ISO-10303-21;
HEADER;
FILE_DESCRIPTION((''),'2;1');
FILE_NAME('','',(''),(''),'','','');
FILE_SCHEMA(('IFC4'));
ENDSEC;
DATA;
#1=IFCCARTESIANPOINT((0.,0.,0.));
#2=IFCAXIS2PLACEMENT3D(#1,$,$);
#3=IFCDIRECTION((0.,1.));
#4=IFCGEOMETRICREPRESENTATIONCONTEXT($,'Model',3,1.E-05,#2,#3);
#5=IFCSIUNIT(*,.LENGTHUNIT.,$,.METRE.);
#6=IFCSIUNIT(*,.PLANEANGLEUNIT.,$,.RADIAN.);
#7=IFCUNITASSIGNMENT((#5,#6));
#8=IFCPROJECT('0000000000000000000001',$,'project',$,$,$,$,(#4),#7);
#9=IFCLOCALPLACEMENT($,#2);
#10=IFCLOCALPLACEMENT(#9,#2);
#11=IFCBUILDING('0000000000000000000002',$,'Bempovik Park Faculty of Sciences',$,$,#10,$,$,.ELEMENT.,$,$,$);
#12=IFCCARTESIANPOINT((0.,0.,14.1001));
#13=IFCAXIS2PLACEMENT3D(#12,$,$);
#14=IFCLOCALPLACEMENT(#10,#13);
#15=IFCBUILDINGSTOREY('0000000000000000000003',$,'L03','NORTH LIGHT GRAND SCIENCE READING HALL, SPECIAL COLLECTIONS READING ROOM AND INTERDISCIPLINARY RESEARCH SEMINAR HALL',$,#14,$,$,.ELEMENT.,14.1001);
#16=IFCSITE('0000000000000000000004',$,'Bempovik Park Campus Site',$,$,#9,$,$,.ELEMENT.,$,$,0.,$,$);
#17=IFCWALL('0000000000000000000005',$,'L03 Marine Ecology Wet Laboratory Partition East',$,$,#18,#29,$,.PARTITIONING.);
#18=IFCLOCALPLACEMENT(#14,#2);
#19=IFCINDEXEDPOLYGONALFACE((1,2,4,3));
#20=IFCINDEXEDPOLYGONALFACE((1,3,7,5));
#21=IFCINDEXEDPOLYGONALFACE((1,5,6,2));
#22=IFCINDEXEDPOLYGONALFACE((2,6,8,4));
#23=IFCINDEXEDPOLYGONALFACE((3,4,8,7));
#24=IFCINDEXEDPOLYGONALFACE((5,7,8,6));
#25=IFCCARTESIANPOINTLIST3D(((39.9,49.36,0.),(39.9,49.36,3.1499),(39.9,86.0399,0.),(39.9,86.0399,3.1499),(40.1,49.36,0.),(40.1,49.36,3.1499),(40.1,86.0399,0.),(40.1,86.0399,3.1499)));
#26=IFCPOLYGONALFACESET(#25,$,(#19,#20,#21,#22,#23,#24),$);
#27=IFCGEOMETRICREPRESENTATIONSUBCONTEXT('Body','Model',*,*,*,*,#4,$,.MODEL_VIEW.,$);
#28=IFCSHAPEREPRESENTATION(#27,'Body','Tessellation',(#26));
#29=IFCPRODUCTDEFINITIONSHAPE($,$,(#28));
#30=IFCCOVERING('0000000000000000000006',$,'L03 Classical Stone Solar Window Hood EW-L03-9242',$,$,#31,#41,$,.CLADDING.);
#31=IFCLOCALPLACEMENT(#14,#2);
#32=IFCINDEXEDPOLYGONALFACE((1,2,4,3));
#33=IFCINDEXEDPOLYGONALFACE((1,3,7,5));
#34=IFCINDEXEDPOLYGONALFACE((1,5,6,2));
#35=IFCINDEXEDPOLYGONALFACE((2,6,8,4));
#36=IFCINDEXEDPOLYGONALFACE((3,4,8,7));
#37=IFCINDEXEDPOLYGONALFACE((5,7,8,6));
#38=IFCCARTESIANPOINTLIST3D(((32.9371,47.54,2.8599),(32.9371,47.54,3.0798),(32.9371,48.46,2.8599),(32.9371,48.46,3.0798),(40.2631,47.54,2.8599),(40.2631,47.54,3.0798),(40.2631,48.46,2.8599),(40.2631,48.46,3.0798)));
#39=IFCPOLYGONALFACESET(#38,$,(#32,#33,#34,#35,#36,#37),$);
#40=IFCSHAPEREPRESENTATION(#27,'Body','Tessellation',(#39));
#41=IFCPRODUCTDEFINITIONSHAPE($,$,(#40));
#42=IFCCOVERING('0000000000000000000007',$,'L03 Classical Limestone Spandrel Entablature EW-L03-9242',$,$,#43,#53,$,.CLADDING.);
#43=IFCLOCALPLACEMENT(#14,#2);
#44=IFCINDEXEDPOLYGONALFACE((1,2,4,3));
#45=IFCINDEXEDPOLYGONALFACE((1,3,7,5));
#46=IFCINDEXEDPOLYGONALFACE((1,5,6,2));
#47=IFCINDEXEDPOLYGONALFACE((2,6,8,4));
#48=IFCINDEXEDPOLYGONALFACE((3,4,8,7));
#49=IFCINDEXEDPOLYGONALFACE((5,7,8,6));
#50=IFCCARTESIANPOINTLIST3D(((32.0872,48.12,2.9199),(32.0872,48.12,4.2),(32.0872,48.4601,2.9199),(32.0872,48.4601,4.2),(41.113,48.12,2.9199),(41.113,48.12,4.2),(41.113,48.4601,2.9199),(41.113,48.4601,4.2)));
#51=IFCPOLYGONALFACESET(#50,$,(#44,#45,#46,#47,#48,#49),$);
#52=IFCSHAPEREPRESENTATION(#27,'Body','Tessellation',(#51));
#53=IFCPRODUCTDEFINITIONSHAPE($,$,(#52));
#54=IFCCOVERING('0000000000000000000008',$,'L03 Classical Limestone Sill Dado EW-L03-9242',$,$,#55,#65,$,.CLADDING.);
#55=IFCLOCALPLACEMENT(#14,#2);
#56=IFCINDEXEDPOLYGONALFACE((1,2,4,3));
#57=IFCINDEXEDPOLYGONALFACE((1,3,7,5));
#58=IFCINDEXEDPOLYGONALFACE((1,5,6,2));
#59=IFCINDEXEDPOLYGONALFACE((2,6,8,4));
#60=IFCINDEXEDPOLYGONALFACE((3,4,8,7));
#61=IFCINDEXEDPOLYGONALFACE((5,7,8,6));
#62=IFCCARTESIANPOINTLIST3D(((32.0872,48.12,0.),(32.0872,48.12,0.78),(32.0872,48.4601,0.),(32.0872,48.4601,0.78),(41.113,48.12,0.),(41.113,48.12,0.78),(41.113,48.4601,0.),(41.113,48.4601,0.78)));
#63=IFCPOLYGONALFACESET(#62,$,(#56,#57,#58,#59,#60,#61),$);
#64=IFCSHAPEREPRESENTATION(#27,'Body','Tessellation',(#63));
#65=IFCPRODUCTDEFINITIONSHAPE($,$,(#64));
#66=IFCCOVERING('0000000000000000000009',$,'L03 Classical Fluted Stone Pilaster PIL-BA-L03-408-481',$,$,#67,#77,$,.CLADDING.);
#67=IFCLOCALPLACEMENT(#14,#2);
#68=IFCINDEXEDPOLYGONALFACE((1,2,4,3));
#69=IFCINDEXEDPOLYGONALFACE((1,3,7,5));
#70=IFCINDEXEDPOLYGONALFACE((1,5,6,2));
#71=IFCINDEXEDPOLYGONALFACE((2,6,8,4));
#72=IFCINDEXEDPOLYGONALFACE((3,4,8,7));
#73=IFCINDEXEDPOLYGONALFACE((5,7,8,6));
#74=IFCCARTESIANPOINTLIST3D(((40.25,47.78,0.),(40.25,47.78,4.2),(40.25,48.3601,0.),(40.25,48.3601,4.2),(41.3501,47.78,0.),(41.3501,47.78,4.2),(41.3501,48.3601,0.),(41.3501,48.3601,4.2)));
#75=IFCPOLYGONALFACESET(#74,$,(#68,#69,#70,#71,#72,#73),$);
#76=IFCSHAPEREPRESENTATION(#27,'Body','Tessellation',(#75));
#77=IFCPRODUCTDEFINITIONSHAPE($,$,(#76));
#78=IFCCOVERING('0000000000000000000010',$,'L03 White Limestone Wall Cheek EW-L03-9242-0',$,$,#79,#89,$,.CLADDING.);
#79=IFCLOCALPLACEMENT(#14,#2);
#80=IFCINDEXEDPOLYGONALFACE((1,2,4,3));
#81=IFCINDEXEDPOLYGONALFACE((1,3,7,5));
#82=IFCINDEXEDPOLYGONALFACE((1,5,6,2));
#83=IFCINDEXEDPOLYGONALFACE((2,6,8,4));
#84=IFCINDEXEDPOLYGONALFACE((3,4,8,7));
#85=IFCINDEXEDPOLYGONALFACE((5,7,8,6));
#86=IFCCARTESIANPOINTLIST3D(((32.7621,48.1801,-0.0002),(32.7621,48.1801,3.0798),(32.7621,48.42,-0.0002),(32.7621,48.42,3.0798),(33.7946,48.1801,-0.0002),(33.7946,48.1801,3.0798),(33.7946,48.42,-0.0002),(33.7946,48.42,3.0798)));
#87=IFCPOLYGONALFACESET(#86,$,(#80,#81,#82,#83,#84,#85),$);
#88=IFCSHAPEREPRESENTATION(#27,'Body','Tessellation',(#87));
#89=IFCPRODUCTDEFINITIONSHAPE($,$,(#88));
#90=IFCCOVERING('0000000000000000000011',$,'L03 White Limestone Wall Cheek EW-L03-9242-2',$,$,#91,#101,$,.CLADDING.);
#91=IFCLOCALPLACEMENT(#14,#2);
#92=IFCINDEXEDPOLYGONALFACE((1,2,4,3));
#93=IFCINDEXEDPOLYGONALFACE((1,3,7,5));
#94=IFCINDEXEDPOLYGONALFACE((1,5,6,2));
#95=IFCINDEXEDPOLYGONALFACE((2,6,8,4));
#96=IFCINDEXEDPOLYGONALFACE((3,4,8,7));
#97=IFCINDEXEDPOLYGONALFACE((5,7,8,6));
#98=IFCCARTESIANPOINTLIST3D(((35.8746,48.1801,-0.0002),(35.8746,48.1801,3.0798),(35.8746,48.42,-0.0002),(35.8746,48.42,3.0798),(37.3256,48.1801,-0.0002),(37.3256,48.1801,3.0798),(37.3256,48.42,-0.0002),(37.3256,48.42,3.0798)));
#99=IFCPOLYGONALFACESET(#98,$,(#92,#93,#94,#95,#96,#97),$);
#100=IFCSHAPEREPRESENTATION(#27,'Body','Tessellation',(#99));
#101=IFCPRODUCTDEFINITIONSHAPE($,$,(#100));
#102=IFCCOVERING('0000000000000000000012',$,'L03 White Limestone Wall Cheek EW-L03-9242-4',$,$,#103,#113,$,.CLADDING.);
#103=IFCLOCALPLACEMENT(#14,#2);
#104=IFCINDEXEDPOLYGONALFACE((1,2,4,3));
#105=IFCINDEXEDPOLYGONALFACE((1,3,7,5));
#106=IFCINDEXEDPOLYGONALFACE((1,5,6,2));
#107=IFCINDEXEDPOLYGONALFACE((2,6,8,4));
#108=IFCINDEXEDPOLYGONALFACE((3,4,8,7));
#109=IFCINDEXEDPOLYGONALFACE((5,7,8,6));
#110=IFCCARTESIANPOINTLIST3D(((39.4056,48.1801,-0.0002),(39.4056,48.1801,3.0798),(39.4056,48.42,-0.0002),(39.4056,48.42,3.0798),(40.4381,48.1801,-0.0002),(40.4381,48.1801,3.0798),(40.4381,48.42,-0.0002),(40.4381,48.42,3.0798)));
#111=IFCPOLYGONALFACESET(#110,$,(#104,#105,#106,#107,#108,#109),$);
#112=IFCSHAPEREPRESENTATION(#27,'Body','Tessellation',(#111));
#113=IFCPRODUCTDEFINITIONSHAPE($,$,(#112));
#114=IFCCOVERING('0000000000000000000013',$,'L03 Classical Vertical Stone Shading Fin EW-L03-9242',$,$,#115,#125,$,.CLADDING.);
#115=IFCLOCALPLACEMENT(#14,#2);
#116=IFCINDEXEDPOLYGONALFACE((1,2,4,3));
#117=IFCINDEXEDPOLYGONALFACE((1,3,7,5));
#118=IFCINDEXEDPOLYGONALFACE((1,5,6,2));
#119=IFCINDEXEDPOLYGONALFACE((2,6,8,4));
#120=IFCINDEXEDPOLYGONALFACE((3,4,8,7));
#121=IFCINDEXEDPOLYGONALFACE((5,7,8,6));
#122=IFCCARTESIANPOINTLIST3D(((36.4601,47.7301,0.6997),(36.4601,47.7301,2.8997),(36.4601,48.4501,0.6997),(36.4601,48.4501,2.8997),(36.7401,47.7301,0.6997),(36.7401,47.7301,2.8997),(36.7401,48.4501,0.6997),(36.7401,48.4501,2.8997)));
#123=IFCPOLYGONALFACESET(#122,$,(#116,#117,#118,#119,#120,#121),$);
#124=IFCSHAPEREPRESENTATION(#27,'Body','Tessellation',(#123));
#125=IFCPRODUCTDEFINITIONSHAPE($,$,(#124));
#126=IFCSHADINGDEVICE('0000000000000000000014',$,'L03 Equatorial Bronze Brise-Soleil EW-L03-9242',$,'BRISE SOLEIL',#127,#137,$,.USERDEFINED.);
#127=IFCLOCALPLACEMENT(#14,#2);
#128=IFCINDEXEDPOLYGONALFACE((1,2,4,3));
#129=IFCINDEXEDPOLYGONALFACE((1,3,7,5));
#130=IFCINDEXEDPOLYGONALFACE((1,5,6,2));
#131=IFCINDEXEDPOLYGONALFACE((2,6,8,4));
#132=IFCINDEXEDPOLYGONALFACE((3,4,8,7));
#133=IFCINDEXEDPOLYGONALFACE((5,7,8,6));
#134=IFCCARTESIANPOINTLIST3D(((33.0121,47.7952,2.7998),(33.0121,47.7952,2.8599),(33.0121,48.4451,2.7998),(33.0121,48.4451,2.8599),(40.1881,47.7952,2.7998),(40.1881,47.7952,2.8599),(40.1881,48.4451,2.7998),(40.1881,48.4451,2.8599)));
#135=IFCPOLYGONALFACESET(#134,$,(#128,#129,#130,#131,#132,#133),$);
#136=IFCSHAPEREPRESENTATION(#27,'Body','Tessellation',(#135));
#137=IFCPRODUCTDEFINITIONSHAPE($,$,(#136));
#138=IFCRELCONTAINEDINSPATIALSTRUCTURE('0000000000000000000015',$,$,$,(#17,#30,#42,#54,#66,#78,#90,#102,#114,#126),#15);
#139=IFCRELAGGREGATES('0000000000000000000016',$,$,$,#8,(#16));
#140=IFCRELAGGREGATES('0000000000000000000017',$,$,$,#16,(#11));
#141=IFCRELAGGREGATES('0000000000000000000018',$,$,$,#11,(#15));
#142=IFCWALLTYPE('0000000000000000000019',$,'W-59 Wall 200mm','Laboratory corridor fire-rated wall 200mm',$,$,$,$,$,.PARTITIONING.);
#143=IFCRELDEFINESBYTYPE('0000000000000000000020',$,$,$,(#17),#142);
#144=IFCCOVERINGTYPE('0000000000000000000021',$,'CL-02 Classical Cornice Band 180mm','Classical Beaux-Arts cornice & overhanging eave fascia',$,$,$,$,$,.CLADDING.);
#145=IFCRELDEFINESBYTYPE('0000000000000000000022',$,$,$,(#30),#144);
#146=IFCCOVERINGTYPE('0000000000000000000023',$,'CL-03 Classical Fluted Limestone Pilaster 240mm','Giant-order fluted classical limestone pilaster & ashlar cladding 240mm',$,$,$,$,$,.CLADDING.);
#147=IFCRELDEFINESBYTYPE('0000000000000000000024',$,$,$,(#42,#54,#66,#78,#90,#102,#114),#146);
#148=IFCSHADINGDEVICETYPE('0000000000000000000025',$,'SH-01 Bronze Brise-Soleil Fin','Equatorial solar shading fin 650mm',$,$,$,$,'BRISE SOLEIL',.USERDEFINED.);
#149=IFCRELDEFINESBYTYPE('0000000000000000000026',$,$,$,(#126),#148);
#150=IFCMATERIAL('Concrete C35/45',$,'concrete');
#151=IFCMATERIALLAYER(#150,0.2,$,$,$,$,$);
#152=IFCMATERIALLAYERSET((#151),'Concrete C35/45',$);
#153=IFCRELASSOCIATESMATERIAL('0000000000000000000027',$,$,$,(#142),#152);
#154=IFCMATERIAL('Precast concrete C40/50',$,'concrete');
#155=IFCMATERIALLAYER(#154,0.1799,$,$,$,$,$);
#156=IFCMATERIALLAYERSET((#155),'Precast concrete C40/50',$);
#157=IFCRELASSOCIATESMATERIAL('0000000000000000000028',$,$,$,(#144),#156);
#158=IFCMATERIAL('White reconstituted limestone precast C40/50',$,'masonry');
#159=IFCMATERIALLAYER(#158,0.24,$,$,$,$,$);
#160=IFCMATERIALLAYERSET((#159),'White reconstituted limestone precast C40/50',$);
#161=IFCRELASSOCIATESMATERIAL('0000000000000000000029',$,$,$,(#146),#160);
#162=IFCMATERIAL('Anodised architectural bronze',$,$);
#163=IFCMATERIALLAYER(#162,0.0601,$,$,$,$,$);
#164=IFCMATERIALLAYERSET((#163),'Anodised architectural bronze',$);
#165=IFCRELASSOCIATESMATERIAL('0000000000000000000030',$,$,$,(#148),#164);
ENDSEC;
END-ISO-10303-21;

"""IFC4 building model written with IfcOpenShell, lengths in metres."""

from ifc_helpers import new_model, si_unit, direction, frame, frame_2d, origin, origin_2d, place, context, subcontext, project, spatial, rectangle, extrude, material, layer, layer_set, type_object, element, save


model = new_model("IFC4")

# Units and contexts
model_context = context("Model", 3, precision=1e-05, world=origin(), true_north=direction((0.0, 1.0)))
body_context = subcontext(model_context, "Body", "Model", "MODEL_VIEW")
ifc_project = project(units=[si_unit("LENGTHUNIT", "METRE"), si_unit("PLANEANGLEUNIT", "RADIAN")], contexts=[model_context])

# Site, building, storey
site_placement = place(None, origin())
site = spatial("IfcSite", under=ifc_project, at=site_placement, Name="Bempovik Park Campus Site", CompositionType="ELEMENT", RefElevation=0.0)
building_placement = place(site_placement, origin())
building = spatial("IfcBuilding", under=site, at=building_placement, Name="Bempovik Park Faculty of Sciences", CompositionType="ELEMENT")
storey_placement = place(building_placement, frame((0.0, 0.0, 14.1001)))
storey = spatial("IfcBuildingStorey", under=building, at=storey_placement, Name="L03", Description="NORTH LIGHT GRAND SCIENCE READING HALL, SPECIAL COLLECTIONS READING ROOM AND INTERDISCIPLINARY RESEARCH SEMINAR HALL", CompositionType="ELEMENT", Elevation=14.1001)

# Shared definitions
ifc_material_1 = material(Name="Concrete C35/45", Category="concrete")

# Shared definitions
ifc_material_2 = material(Name="Precast concrete C40/50", Category="concrete")

# Wall
ifc_layer_1 = layer(ifc_material_1, 0.2)
ifc_layer_set_1 = layer_set([ifc_layer_1], Name="Concrete C35/45")
wall_type_1 = type_object("IfcWallType", Name="W-59 Wall 200mm", Description="Laboratory corridor fire-rated wall 200mm", PredefinedType="PARTITIONING", material=ifc_layer_set_1)
wall_1_placement = place(storey_placement, frame((40.0, 49.3601, 0.0), z_axis=(0.0, 0.0, 1.0), x_axis=(0.0, 1.0, 0.0)))
element("IfcWall", 1, at=wall_1_placement, inside=storey, type_object=wall_type_1, Name="L03 Marine Ecology Wet Laboratory Partition East", PredefinedType="PARTITIONING", context=body_context, shape_type="SweptSolid", body=[
    extrude(rectangle(XDim=36.6799, YDim=0.2, at=frame_2d((18.3398, 0.0))), origin(), (0.0, 0.0, 1.0), 3.1499),
])

# Coverings
ifc_layer_2 = layer(ifc_material_2, 0.1799)
ifc_layer_set_2 = layer_set([ifc_layer_2], Name="Precast concrete C40/50")
covering_type_1 = type_object("IfcCoveringType", Name="CL-02 Classical Cornice Band 180mm", Description="Classical Beaux-Arts cornice & overhanging eave fascia", PredefinedType="CLADDING", material=ifc_layer_set_2)
covering_1_placement = place(storey_placement, frame((36.6001, 48.0, 2.8599), z_axis=(0.0, 0.0, 1.0), x_axis=(1.0, 0.0, 0.0)))
element("IfcCovering", 2, at=covering_1_placement, inside=storey, type_object=covering_type_1, Name="L03 Classical Stone Solar Window Hood EW-L03-9242", PredefinedType="CLADDING", context=body_context, shape_type="SweptSolid", body=[
    extrude(rectangle(XDim=7.3259, YDim=0.9199, at=origin_2d()), origin(), (0.0, 0.0, 1.0), 0.22),
])
ifc_material_3 = material(Name="White reconstituted limestone precast C40/50", Category="masonry")
ifc_layer_3 = layer(ifc_material_3, 0.24)
ifc_layer_set_3 = layer_set([ifc_layer_3], Name="White reconstituted limestone precast C40/50")
covering_type_2 = type_object("IfcCoveringType", Name="CL-03 Classical Fluted Limestone Pilaster 240mm", Description="Giant-order fluted classical limestone pilaster & ashlar cladding 240mm", PredefinedType="CLADDING", material=ifc_layer_set_3)
covering_2_placement = place(storey_placement, frame((36.6001, 48.29, 2.9199), z_axis=(0.0, 0.0, 1.0), x_axis=(1.0, 0.0, 0.0)))
element("IfcCovering", 3, at=covering_2_placement, inside=storey, type_object=covering_type_2, Name="L03 Classical Limestone Spandrel Entablature EW-L03-9242", PredefinedType="CLADDING", context=body_context, shape_type="SweptSolid", body=[
    extrude(rectangle(XDim=9.0259, YDim=0.3401, at=origin_2d()), origin(), (0.0, 0.0, 1.0), 1.28),
])
covering_3_placement = place(storey_placement, frame((36.6001, 48.29, 0.0), z_axis=(0.0, 0.0, 1.0), x_axis=(1.0, 0.0, 0.0)))
element("IfcCovering", 4, at=covering_3_placement, inside=storey, type_object=covering_type_2, Name="L03 Classical Limestone Sill Dado EW-L03-9242", PredefinedType="CLADDING", context=body_context, shape_type="SweptSolid", body=[
    extrude(rectangle(XDim=9.0259, YDim=0.3401, at=origin_2d()), origin(), (0.0, 0.0, 1.0), 0.78),
])
covering_4_placement = place(storey_placement, frame((40.8, 48.0701, 0.0), z_axis=(0.0, 0.0, 1.0), x_axis=(1.0, 0.0, 0.0)))
element("IfcCovering", 5, at=covering_4_placement, inside=storey, type_object=covering_type_2, Name="L03 Classical Fluted Stone Pilaster PIL-BA-L03-408-481", PredefinedType="CLADDING", context=body_context, shape_type="SweptSolid", body=[
    extrude(rectangle(XDim=1.1001, YDim=0.5801, at=origin_2d()), origin(), (0.0, 0.0, 1.0), 4.2),
])
covering_5_placement = place(storey_placement, frame((33.2783, 48.3, -0.0002), z_axis=(0.0, 0.0, 1.0), x_axis=(1.0, 0.0, 0.0)))
element("IfcCovering", 6, at=covering_5_placement, inside=storey, type_object=covering_type_2, Name="L03 White Limestone Wall Cheek EW-L03-9242-0", PredefinedType="CLADDING", context=body_context, shape_type="SweptSolid", body=[
    extrude(rectangle(XDim=1.0325, YDim=0.24, at=origin_2d()), origin(), (0.0, 0.0, 1.0), 3.0801),
])
covering_6_placement = place(storey_placement, frame((36.6001, 48.3, -0.0002), z_axis=(0.0, 0.0, 1.0), x_axis=(1.0, 0.0, 0.0)))
element("IfcCovering", 7, at=covering_6_placement, inside=storey, type_object=covering_type_2, Name="L03 White Limestone Wall Cheek EW-L03-9242-2", PredefinedType="CLADDING", context=body_context, shape_type="SweptSolid", body=[
    extrude(rectangle(XDim=1.4509, YDim=0.24, at=origin_2d()), origin(), (0.0, 0.0, 1.0), 3.0801),
])
covering_7_placement = place(storey_placement, frame((39.9219, 48.3, -0.0002), z_axis=(0.0, 0.0, 1.0), x_axis=(1.0, 0.0, 0.0)))
element("IfcCovering", 8, at=covering_7_placement, inside=storey, type_object=covering_type_2, Name="L03 White Limestone Wall Cheek EW-L03-9242-4", PredefinedType="CLADDING", context=body_context, shape_type="SweptSolid", body=[
    extrude(rectangle(XDim=1.0325, YDim=0.24, at=origin_2d()), origin(), (0.0, 0.0, 1.0), 3.0801),
])
covering_8_placement = place(storey_placement, frame((36.6001, 48.0901, 0.6997), z_axis=(0.0, 0.0, 1.0), x_axis=(1.0, 0.0, 0.0)))
element("IfcCovering", 9, at=covering_8_placement, inside=storey, type_object=covering_type_2, Name="L03 Classical Vertical Stone Shading Fin EW-L03-9242", PredefinedType="CLADDING", context=body_context, shape_type="SweptSolid", body=[
    extrude(rectangle(XDim=0.28, YDim=0.72, at=origin_2d()), origin(), (0.0, 0.0, 1.0), 2.2),
])

# Shading device
ifc_material_4 = material(Name="Anodised architectural bronze")
ifc_layer_4 = layer(ifc_material_4, 0.0601)
ifc_layer_set_4 = layer_set([ifc_layer_4], Name="Anodised architectural bronze")
shading_device_type = type_object("IfcShadingDeviceType", Name="SH-01 Bronze Brise-Soleil Fin", Description="Equatorial solar shading fin 650mm", ElementType="BRISE SOLEIL", PredefinedType="USERDEFINED", material=ifc_layer_set_4)
shading_device_placement = place(storey_placement, frame((36.6001, 48.1201, 2.7998), z_axis=(0.0, 0.0, 1.0), x_axis=(1.0, 0.0, 0.0)))
element("IfcShadingDevice", 10, at=shading_device_placement, inside=storey, type_object=shading_device_type, Name="L03 Equatorial Bronze Brise-Soleil EW-L03-9242", ObjectType="BRISE SOLEIL", PredefinedType="USERDEFINED", context=body_context, shape_type="SweptSolid", body=[
    extrude(rectangle(XDim=7.176, YDim=0.6499, at=origin_2d()), origin(), (0.0, 0.0, 1.0), 0.0601),
])

save(model, "model.ifc")
